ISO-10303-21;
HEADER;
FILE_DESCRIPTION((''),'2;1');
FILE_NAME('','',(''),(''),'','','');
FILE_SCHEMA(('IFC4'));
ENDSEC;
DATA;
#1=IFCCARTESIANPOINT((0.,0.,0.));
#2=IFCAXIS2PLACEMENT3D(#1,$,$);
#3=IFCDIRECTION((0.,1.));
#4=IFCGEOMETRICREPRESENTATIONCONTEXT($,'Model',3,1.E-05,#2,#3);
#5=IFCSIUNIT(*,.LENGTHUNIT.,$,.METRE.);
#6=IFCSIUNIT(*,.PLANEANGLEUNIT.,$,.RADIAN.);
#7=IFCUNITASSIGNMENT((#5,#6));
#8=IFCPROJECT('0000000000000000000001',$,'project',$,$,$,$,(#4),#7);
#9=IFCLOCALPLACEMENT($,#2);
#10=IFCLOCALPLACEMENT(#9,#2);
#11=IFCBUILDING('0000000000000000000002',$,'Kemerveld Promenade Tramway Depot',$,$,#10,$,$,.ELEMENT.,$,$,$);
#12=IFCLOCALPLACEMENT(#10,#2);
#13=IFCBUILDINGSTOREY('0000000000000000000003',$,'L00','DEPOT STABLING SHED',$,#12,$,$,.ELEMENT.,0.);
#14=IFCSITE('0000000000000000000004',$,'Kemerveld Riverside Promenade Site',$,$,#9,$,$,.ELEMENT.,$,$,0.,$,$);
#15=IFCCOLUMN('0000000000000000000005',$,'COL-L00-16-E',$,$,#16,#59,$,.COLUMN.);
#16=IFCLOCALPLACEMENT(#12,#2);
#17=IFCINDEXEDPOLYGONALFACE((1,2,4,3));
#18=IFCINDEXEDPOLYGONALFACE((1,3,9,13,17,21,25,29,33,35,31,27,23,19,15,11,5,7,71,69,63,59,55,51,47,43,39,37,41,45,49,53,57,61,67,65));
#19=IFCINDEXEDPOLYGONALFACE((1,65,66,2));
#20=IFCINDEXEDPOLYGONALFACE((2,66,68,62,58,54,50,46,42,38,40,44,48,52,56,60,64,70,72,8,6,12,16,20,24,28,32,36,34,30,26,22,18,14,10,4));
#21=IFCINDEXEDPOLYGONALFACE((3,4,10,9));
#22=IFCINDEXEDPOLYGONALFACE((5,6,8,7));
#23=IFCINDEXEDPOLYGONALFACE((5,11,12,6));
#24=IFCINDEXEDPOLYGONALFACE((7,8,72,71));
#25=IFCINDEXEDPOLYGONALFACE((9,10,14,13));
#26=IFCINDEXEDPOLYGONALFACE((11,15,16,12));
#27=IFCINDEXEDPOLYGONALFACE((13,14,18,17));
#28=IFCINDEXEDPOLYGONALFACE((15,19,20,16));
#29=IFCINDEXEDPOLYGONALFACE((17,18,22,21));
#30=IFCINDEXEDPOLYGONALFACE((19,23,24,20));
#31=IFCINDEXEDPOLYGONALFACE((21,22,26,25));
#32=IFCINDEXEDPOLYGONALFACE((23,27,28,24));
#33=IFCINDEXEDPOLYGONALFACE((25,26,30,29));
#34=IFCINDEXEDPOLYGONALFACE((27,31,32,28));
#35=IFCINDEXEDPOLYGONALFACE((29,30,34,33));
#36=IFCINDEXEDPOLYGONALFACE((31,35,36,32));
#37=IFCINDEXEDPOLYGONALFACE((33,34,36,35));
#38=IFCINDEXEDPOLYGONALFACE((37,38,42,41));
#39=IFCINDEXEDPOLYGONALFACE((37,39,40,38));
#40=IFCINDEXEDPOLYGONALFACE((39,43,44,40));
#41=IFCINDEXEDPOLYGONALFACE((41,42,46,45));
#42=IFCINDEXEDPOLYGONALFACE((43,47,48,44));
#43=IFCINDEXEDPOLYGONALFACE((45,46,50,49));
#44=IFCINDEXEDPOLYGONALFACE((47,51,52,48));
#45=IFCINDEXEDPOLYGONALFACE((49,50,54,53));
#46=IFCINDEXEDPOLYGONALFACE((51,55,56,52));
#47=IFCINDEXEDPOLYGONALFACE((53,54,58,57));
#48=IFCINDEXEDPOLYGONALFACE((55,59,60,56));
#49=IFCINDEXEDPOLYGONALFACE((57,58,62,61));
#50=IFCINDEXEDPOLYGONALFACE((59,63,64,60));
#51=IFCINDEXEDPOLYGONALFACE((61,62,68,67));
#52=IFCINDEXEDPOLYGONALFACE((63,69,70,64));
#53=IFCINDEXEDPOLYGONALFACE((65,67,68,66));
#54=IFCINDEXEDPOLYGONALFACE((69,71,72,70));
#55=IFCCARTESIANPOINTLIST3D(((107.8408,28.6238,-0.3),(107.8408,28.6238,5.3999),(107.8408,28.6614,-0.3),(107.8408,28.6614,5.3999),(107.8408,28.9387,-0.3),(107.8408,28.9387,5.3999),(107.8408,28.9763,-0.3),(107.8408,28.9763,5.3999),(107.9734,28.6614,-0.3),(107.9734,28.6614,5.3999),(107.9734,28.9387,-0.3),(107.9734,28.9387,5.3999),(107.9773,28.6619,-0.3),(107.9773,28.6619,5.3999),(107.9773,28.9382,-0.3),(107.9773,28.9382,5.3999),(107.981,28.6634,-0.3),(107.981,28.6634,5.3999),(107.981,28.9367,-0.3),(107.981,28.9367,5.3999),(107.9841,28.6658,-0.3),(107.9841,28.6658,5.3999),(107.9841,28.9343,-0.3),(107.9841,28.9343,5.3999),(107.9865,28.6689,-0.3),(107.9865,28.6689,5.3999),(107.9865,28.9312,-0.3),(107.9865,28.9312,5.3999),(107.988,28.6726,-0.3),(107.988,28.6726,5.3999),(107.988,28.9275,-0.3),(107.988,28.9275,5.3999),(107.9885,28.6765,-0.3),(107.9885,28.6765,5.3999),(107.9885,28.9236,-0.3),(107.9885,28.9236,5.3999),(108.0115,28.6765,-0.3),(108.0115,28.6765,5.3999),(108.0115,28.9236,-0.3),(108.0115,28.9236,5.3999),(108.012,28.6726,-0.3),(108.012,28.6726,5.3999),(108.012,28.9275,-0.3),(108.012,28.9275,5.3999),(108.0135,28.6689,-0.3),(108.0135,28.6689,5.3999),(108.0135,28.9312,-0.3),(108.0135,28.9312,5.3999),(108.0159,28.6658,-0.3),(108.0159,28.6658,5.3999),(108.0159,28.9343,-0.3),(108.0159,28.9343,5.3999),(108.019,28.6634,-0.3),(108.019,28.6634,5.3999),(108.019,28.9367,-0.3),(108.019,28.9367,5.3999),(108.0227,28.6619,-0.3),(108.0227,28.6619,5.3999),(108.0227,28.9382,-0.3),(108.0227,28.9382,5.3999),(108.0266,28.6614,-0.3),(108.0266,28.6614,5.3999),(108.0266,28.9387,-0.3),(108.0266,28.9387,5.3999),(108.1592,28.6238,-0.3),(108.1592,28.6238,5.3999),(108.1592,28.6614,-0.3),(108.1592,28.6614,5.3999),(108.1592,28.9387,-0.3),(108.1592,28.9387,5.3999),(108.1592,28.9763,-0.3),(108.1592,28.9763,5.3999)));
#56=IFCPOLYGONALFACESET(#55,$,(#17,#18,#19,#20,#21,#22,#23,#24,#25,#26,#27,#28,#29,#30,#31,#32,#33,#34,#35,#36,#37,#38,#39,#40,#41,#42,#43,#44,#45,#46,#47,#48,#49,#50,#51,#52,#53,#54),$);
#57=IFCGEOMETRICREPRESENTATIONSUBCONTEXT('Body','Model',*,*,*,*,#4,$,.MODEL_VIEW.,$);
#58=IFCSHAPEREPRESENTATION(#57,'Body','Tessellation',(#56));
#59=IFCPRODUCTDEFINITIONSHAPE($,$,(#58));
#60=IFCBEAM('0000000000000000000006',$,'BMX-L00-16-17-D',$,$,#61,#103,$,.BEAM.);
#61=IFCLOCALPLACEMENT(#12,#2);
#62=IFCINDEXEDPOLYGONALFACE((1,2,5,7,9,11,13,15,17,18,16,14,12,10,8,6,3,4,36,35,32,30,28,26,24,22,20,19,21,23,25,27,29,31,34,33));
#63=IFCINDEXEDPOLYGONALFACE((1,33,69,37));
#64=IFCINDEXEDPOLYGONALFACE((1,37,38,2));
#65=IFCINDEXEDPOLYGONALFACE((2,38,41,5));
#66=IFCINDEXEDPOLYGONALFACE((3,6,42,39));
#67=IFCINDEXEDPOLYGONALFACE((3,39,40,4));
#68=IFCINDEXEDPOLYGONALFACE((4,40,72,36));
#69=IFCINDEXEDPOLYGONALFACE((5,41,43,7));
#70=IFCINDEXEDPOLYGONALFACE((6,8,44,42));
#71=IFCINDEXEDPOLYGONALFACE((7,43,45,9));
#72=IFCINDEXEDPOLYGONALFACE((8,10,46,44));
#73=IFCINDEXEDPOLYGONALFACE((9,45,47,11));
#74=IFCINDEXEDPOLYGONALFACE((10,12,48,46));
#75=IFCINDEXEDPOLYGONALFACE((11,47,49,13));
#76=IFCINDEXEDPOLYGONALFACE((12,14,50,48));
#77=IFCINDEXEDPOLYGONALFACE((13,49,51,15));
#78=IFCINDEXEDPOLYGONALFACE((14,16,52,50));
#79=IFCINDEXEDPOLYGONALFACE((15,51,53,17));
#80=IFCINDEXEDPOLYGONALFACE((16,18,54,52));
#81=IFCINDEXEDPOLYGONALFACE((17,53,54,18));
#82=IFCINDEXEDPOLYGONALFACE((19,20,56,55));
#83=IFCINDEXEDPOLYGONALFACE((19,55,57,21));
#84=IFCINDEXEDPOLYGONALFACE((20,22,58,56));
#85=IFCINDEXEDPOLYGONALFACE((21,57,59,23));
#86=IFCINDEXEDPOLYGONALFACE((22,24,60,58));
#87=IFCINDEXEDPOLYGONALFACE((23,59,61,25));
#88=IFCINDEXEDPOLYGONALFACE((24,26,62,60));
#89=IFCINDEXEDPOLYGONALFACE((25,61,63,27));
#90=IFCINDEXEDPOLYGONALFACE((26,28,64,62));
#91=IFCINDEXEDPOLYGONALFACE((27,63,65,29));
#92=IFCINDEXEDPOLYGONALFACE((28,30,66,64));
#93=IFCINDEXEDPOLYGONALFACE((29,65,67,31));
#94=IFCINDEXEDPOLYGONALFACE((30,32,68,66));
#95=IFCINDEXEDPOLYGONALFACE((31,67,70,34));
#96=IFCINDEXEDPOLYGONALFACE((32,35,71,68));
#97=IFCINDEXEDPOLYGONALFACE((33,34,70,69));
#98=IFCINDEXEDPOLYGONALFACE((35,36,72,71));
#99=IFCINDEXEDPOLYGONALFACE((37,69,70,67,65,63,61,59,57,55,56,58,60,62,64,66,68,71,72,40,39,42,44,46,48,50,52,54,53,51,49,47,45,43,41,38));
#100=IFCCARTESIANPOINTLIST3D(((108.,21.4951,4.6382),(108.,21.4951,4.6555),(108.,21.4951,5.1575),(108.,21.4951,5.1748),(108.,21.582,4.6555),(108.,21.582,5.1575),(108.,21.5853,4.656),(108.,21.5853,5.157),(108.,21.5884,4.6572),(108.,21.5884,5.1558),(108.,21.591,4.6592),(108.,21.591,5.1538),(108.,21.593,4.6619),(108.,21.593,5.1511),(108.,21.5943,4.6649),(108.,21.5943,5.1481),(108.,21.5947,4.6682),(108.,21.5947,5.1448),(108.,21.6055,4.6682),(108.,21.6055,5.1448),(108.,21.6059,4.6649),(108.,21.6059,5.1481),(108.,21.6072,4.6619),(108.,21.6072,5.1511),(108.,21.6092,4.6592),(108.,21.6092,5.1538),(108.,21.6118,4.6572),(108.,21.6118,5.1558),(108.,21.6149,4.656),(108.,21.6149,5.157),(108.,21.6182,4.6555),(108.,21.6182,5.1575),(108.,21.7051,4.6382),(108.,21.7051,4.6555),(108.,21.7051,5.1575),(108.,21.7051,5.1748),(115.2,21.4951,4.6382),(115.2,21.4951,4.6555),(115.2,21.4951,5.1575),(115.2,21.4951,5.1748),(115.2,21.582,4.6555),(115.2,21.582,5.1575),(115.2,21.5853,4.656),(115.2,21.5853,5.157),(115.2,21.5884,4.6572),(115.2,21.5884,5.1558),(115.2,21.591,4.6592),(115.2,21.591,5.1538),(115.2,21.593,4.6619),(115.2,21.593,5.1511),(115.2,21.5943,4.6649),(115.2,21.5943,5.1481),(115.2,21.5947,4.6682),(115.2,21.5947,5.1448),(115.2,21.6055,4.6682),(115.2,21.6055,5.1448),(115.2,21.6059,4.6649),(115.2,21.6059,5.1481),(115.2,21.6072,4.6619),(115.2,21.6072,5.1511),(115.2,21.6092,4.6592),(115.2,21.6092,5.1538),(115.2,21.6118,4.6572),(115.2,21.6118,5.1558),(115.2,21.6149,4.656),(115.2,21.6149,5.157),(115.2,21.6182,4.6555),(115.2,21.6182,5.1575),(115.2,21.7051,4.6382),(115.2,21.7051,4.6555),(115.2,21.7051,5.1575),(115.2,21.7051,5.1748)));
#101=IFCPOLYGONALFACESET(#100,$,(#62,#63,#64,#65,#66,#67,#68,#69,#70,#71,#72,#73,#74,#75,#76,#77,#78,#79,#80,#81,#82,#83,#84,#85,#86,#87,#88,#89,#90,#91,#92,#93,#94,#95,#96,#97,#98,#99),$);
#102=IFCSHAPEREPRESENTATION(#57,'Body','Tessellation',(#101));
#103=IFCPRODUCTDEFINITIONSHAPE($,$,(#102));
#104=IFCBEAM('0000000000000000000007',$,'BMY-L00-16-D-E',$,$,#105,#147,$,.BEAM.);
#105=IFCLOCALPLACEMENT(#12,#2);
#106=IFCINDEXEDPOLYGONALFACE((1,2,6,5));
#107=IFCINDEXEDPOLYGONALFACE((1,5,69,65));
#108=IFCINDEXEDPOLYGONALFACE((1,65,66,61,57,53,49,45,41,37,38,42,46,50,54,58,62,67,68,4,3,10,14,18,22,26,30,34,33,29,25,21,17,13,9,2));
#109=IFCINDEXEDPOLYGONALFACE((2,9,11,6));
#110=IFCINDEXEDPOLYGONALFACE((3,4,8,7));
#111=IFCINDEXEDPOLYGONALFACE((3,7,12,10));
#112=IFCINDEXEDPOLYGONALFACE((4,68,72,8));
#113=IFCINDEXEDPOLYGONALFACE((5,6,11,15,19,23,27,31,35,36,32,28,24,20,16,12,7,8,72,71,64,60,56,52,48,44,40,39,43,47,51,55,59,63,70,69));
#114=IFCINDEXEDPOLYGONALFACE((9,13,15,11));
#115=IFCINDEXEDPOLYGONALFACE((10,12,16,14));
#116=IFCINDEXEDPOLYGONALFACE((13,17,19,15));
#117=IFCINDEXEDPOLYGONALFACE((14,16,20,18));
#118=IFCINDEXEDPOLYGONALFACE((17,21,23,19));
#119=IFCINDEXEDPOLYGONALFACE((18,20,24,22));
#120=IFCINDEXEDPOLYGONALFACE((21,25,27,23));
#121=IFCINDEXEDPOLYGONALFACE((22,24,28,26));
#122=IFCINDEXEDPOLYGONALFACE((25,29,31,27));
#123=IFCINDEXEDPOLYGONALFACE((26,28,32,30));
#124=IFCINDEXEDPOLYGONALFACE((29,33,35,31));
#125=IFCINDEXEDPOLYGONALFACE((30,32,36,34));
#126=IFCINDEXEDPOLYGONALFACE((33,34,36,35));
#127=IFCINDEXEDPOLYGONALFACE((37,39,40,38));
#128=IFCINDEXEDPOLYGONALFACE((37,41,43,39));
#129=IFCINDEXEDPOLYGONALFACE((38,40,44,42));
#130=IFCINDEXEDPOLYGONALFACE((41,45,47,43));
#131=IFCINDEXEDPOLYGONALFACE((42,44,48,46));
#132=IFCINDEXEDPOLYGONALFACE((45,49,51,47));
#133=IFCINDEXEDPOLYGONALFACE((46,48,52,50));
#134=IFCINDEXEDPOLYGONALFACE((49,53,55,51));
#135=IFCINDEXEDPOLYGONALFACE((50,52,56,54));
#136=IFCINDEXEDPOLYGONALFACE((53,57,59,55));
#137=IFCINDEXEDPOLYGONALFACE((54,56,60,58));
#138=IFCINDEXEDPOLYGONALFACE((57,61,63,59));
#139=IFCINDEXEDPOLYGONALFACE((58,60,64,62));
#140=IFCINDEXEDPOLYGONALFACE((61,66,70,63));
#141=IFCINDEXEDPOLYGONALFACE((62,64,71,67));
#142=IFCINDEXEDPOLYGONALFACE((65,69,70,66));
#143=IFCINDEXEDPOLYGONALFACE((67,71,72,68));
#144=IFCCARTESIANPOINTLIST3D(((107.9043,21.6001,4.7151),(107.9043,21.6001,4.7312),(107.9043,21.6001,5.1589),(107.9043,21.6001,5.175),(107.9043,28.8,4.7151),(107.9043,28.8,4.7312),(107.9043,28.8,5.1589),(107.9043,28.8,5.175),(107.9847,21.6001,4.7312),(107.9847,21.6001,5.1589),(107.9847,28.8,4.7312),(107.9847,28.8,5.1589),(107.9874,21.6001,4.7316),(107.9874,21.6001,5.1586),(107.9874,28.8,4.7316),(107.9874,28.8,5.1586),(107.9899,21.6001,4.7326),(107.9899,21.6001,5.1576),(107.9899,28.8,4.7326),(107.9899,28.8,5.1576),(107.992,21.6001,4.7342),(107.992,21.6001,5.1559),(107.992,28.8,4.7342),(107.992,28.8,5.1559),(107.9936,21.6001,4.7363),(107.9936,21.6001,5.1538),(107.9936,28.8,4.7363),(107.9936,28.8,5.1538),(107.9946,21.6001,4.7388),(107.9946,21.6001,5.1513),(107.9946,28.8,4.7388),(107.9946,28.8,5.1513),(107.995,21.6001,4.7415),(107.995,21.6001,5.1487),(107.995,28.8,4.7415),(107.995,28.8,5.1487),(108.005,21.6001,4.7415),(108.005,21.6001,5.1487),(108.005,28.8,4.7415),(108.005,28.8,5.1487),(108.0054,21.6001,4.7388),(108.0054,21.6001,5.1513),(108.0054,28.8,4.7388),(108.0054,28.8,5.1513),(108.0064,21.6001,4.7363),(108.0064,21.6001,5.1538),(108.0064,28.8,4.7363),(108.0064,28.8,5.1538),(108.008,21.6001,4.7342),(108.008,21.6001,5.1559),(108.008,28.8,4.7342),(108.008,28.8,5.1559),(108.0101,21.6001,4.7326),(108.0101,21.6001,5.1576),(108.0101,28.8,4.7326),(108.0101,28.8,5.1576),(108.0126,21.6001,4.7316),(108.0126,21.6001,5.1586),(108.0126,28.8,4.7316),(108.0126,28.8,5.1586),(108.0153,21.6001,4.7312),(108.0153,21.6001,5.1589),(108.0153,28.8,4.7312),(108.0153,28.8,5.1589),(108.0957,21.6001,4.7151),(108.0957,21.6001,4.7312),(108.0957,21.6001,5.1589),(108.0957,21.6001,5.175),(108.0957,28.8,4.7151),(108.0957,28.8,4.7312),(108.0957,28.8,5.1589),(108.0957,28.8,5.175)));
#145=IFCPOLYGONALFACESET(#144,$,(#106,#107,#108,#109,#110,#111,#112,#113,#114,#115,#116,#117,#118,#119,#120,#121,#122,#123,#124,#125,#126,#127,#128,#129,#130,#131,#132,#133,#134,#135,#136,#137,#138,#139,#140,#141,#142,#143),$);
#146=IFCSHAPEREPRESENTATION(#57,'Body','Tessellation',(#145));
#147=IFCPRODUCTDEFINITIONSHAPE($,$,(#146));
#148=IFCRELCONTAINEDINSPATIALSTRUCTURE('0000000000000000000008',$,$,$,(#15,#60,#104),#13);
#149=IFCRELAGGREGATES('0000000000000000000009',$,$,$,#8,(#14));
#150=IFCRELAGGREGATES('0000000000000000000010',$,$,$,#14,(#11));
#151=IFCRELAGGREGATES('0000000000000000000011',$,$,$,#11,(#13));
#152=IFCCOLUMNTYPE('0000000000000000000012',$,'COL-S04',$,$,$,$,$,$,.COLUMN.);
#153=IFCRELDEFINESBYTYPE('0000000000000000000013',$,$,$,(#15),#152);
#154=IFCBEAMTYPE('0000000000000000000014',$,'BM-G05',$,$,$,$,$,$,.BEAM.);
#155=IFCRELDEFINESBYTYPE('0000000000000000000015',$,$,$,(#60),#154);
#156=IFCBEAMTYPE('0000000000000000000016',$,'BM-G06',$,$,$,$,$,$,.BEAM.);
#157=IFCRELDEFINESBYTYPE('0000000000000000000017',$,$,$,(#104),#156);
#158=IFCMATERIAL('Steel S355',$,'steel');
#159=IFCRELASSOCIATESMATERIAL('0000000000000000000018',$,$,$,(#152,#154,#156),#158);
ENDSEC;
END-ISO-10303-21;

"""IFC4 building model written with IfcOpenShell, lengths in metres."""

from ifc_helpers import new_model, si_unit, direction, frame, origin, origin_2d, place, context, subcontext, project, spatial, i_section, extrude, material, material_profile, profile_set, type_object, element, save


model = new_model("IFC4")

# Units and contexts
model_context = context("Model", 3, precision=1e-05, world=origin(), true_north=direction((0.0, 1.0)))
body_context = subcontext(model_context, "Body", "Model", "MODEL_VIEW")
ifc_project = project(units=[si_unit("LENGTHUNIT", "METRE"), si_unit("PLANEANGLEUNIT", "RADIAN")], contexts=[model_context])

# Site, building, storey
site_placement = place(None, origin())
site = spatial("IfcSite", under=ifc_project, at=site_placement, Name="Kemerveld Riverside Promenade Site", CompositionType="ELEMENT", RefElevation=0.0)
building_placement = place(site_placement, origin())
building = spatial("IfcBuilding", under=site, at=building_placement, Name="Kemerveld Promenade Tramway Depot", CompositionType="ELEMENT")
storey_placement = place(building_placement, origin())
storey = spatial("IfcBuildingStorey", under=building, at=storey_placement, Name="L00", Description="DEPOT STABLING SHED", CompositionType="ELEMENT", Elevation=0.0)

# Column
ifc_material_1 = material(Name="Steel S355", Category="steel")
ifc_material_profile_1 = material_profile(ifc_material_1, i_section(OverallWidth=0.3184, OverallDepth=0.3525, WebThickness=0.0229, FlangeThickness=0.0376, FilletRadius=0.0151, at=origin_2d()), Name="305x305x240 UC")
ifc_profile_set_1 = profile_set([ifc_material_profile_1], Name="Steel S355")
column_type = type_object("IfcColumnType", Name="COL-S04", PredefinedType="COLUMN", material=ifc_profile_set_1)
for number, where, z_axis, x_axis, name in (
    (1, (108.0, 28.8, -0.3), (0.0, 0.0, 1.0), (1.0, 0.0, 0.0), "COL-L00-16-E"),
):
    element("IfcColumn", number, at=place(storey_placement, frame(where, z_axis=z_axis, x_axis=x_axis)), inside=storey, type_object=column_type, Name=name, PredefinedType="COLUMN", context=body_context, shape_type="SweptSolid", body=[
        extrude(i_section(OverallWidth=0.3184, OverallDepth=0.3525, WebThickness=0.0229, FlangeThickness=0.0376, FilletRadius=0.0151, at=origin_2d()), origin(), (0.0, 0.0, 1.0), 5.7),
    ])

# Beams
ifc_material_profile_2 = material_profile(ifc_material_1, i_section(OverallWidth=0.21, OverallDepth=0.5366, WebThickness=0.0107, FlangeThickness=0.0173, FilletRadius=0.0127, at=origin_2d()), Name="533x210x101 UB")
ifc_profile_set_2 = profile_set([ifc_material_profile_2], Name="Steel S355")
beam_type_1 = type_object("IfcBeamType", Name="BM-G05", PredefinedType="BEAM", material=ifc_profile_set_2)
beam_1_placement = place(storey_placement, frame((108.0, 21.6001, 4.9065), z_axis=(1.0, 0.0, 0.0), x_axis=(0.0, 1.0, 0.0)))
element("IfcBeam", 2, at=beam_1_placement, inside=storey, type_object=beam_type_1, Name="BMX-L00-16-17-D", PredefinedType="BEAM", context=body_context, shape_type="SweptSolid", body=[
    extrude(i_section(OverallWidth=0.21, OverallDepth=0.5366, WebThickness=0.0107, FlangeThickness=0.0173, FilletRadius=0.0127, at=origin_2d()), origin(), (0.0, 0.0, 1.0), 7.2),
])
ifc_material_profile_3 = material_profile(ifc_material_1, i_section(OverallWidth=0.1914, OverallDepth=0.46, WebThickness=0.01, FlangeThickness=0.0161, FilletRadius=0.0103, at=origin_2d()), Name="457x191x82 UB")
ifc_profile_set_3 = profile_set([ifc_material_profile_3], Name="Steel S355")
beam_type_2 = type_object("IfcBeamType", Name="BM-G06", PredefinedType="BEAM", material=ifc_profile_set_3)
beam_2_placement = place(storey_placement, frame((108.0, 21.6001, 4.9451), z_axis=(0.0, 1.0, 0.0), x_axis=(-1.0, 0.0, 0.0)))
element("IfcBeam", 3, at=beam_2_placement, inside=storey, type_object=beam_type_2, Name="BMY-L00-16-D-E", PredefinedType="BEAM", context=body_context, shape_type="SweptSolid", body=[
    extrude(i_section(OverallWidth=0.1914, OverallDepth=0.46, WebThickness=0.01, FlangeThickness=0.0161, FilletRadius=0.0103, at=origin_2d()), origin(), (0.0, 0.0, 1.0), 7.2),
])

save(model, "model.ifc")
